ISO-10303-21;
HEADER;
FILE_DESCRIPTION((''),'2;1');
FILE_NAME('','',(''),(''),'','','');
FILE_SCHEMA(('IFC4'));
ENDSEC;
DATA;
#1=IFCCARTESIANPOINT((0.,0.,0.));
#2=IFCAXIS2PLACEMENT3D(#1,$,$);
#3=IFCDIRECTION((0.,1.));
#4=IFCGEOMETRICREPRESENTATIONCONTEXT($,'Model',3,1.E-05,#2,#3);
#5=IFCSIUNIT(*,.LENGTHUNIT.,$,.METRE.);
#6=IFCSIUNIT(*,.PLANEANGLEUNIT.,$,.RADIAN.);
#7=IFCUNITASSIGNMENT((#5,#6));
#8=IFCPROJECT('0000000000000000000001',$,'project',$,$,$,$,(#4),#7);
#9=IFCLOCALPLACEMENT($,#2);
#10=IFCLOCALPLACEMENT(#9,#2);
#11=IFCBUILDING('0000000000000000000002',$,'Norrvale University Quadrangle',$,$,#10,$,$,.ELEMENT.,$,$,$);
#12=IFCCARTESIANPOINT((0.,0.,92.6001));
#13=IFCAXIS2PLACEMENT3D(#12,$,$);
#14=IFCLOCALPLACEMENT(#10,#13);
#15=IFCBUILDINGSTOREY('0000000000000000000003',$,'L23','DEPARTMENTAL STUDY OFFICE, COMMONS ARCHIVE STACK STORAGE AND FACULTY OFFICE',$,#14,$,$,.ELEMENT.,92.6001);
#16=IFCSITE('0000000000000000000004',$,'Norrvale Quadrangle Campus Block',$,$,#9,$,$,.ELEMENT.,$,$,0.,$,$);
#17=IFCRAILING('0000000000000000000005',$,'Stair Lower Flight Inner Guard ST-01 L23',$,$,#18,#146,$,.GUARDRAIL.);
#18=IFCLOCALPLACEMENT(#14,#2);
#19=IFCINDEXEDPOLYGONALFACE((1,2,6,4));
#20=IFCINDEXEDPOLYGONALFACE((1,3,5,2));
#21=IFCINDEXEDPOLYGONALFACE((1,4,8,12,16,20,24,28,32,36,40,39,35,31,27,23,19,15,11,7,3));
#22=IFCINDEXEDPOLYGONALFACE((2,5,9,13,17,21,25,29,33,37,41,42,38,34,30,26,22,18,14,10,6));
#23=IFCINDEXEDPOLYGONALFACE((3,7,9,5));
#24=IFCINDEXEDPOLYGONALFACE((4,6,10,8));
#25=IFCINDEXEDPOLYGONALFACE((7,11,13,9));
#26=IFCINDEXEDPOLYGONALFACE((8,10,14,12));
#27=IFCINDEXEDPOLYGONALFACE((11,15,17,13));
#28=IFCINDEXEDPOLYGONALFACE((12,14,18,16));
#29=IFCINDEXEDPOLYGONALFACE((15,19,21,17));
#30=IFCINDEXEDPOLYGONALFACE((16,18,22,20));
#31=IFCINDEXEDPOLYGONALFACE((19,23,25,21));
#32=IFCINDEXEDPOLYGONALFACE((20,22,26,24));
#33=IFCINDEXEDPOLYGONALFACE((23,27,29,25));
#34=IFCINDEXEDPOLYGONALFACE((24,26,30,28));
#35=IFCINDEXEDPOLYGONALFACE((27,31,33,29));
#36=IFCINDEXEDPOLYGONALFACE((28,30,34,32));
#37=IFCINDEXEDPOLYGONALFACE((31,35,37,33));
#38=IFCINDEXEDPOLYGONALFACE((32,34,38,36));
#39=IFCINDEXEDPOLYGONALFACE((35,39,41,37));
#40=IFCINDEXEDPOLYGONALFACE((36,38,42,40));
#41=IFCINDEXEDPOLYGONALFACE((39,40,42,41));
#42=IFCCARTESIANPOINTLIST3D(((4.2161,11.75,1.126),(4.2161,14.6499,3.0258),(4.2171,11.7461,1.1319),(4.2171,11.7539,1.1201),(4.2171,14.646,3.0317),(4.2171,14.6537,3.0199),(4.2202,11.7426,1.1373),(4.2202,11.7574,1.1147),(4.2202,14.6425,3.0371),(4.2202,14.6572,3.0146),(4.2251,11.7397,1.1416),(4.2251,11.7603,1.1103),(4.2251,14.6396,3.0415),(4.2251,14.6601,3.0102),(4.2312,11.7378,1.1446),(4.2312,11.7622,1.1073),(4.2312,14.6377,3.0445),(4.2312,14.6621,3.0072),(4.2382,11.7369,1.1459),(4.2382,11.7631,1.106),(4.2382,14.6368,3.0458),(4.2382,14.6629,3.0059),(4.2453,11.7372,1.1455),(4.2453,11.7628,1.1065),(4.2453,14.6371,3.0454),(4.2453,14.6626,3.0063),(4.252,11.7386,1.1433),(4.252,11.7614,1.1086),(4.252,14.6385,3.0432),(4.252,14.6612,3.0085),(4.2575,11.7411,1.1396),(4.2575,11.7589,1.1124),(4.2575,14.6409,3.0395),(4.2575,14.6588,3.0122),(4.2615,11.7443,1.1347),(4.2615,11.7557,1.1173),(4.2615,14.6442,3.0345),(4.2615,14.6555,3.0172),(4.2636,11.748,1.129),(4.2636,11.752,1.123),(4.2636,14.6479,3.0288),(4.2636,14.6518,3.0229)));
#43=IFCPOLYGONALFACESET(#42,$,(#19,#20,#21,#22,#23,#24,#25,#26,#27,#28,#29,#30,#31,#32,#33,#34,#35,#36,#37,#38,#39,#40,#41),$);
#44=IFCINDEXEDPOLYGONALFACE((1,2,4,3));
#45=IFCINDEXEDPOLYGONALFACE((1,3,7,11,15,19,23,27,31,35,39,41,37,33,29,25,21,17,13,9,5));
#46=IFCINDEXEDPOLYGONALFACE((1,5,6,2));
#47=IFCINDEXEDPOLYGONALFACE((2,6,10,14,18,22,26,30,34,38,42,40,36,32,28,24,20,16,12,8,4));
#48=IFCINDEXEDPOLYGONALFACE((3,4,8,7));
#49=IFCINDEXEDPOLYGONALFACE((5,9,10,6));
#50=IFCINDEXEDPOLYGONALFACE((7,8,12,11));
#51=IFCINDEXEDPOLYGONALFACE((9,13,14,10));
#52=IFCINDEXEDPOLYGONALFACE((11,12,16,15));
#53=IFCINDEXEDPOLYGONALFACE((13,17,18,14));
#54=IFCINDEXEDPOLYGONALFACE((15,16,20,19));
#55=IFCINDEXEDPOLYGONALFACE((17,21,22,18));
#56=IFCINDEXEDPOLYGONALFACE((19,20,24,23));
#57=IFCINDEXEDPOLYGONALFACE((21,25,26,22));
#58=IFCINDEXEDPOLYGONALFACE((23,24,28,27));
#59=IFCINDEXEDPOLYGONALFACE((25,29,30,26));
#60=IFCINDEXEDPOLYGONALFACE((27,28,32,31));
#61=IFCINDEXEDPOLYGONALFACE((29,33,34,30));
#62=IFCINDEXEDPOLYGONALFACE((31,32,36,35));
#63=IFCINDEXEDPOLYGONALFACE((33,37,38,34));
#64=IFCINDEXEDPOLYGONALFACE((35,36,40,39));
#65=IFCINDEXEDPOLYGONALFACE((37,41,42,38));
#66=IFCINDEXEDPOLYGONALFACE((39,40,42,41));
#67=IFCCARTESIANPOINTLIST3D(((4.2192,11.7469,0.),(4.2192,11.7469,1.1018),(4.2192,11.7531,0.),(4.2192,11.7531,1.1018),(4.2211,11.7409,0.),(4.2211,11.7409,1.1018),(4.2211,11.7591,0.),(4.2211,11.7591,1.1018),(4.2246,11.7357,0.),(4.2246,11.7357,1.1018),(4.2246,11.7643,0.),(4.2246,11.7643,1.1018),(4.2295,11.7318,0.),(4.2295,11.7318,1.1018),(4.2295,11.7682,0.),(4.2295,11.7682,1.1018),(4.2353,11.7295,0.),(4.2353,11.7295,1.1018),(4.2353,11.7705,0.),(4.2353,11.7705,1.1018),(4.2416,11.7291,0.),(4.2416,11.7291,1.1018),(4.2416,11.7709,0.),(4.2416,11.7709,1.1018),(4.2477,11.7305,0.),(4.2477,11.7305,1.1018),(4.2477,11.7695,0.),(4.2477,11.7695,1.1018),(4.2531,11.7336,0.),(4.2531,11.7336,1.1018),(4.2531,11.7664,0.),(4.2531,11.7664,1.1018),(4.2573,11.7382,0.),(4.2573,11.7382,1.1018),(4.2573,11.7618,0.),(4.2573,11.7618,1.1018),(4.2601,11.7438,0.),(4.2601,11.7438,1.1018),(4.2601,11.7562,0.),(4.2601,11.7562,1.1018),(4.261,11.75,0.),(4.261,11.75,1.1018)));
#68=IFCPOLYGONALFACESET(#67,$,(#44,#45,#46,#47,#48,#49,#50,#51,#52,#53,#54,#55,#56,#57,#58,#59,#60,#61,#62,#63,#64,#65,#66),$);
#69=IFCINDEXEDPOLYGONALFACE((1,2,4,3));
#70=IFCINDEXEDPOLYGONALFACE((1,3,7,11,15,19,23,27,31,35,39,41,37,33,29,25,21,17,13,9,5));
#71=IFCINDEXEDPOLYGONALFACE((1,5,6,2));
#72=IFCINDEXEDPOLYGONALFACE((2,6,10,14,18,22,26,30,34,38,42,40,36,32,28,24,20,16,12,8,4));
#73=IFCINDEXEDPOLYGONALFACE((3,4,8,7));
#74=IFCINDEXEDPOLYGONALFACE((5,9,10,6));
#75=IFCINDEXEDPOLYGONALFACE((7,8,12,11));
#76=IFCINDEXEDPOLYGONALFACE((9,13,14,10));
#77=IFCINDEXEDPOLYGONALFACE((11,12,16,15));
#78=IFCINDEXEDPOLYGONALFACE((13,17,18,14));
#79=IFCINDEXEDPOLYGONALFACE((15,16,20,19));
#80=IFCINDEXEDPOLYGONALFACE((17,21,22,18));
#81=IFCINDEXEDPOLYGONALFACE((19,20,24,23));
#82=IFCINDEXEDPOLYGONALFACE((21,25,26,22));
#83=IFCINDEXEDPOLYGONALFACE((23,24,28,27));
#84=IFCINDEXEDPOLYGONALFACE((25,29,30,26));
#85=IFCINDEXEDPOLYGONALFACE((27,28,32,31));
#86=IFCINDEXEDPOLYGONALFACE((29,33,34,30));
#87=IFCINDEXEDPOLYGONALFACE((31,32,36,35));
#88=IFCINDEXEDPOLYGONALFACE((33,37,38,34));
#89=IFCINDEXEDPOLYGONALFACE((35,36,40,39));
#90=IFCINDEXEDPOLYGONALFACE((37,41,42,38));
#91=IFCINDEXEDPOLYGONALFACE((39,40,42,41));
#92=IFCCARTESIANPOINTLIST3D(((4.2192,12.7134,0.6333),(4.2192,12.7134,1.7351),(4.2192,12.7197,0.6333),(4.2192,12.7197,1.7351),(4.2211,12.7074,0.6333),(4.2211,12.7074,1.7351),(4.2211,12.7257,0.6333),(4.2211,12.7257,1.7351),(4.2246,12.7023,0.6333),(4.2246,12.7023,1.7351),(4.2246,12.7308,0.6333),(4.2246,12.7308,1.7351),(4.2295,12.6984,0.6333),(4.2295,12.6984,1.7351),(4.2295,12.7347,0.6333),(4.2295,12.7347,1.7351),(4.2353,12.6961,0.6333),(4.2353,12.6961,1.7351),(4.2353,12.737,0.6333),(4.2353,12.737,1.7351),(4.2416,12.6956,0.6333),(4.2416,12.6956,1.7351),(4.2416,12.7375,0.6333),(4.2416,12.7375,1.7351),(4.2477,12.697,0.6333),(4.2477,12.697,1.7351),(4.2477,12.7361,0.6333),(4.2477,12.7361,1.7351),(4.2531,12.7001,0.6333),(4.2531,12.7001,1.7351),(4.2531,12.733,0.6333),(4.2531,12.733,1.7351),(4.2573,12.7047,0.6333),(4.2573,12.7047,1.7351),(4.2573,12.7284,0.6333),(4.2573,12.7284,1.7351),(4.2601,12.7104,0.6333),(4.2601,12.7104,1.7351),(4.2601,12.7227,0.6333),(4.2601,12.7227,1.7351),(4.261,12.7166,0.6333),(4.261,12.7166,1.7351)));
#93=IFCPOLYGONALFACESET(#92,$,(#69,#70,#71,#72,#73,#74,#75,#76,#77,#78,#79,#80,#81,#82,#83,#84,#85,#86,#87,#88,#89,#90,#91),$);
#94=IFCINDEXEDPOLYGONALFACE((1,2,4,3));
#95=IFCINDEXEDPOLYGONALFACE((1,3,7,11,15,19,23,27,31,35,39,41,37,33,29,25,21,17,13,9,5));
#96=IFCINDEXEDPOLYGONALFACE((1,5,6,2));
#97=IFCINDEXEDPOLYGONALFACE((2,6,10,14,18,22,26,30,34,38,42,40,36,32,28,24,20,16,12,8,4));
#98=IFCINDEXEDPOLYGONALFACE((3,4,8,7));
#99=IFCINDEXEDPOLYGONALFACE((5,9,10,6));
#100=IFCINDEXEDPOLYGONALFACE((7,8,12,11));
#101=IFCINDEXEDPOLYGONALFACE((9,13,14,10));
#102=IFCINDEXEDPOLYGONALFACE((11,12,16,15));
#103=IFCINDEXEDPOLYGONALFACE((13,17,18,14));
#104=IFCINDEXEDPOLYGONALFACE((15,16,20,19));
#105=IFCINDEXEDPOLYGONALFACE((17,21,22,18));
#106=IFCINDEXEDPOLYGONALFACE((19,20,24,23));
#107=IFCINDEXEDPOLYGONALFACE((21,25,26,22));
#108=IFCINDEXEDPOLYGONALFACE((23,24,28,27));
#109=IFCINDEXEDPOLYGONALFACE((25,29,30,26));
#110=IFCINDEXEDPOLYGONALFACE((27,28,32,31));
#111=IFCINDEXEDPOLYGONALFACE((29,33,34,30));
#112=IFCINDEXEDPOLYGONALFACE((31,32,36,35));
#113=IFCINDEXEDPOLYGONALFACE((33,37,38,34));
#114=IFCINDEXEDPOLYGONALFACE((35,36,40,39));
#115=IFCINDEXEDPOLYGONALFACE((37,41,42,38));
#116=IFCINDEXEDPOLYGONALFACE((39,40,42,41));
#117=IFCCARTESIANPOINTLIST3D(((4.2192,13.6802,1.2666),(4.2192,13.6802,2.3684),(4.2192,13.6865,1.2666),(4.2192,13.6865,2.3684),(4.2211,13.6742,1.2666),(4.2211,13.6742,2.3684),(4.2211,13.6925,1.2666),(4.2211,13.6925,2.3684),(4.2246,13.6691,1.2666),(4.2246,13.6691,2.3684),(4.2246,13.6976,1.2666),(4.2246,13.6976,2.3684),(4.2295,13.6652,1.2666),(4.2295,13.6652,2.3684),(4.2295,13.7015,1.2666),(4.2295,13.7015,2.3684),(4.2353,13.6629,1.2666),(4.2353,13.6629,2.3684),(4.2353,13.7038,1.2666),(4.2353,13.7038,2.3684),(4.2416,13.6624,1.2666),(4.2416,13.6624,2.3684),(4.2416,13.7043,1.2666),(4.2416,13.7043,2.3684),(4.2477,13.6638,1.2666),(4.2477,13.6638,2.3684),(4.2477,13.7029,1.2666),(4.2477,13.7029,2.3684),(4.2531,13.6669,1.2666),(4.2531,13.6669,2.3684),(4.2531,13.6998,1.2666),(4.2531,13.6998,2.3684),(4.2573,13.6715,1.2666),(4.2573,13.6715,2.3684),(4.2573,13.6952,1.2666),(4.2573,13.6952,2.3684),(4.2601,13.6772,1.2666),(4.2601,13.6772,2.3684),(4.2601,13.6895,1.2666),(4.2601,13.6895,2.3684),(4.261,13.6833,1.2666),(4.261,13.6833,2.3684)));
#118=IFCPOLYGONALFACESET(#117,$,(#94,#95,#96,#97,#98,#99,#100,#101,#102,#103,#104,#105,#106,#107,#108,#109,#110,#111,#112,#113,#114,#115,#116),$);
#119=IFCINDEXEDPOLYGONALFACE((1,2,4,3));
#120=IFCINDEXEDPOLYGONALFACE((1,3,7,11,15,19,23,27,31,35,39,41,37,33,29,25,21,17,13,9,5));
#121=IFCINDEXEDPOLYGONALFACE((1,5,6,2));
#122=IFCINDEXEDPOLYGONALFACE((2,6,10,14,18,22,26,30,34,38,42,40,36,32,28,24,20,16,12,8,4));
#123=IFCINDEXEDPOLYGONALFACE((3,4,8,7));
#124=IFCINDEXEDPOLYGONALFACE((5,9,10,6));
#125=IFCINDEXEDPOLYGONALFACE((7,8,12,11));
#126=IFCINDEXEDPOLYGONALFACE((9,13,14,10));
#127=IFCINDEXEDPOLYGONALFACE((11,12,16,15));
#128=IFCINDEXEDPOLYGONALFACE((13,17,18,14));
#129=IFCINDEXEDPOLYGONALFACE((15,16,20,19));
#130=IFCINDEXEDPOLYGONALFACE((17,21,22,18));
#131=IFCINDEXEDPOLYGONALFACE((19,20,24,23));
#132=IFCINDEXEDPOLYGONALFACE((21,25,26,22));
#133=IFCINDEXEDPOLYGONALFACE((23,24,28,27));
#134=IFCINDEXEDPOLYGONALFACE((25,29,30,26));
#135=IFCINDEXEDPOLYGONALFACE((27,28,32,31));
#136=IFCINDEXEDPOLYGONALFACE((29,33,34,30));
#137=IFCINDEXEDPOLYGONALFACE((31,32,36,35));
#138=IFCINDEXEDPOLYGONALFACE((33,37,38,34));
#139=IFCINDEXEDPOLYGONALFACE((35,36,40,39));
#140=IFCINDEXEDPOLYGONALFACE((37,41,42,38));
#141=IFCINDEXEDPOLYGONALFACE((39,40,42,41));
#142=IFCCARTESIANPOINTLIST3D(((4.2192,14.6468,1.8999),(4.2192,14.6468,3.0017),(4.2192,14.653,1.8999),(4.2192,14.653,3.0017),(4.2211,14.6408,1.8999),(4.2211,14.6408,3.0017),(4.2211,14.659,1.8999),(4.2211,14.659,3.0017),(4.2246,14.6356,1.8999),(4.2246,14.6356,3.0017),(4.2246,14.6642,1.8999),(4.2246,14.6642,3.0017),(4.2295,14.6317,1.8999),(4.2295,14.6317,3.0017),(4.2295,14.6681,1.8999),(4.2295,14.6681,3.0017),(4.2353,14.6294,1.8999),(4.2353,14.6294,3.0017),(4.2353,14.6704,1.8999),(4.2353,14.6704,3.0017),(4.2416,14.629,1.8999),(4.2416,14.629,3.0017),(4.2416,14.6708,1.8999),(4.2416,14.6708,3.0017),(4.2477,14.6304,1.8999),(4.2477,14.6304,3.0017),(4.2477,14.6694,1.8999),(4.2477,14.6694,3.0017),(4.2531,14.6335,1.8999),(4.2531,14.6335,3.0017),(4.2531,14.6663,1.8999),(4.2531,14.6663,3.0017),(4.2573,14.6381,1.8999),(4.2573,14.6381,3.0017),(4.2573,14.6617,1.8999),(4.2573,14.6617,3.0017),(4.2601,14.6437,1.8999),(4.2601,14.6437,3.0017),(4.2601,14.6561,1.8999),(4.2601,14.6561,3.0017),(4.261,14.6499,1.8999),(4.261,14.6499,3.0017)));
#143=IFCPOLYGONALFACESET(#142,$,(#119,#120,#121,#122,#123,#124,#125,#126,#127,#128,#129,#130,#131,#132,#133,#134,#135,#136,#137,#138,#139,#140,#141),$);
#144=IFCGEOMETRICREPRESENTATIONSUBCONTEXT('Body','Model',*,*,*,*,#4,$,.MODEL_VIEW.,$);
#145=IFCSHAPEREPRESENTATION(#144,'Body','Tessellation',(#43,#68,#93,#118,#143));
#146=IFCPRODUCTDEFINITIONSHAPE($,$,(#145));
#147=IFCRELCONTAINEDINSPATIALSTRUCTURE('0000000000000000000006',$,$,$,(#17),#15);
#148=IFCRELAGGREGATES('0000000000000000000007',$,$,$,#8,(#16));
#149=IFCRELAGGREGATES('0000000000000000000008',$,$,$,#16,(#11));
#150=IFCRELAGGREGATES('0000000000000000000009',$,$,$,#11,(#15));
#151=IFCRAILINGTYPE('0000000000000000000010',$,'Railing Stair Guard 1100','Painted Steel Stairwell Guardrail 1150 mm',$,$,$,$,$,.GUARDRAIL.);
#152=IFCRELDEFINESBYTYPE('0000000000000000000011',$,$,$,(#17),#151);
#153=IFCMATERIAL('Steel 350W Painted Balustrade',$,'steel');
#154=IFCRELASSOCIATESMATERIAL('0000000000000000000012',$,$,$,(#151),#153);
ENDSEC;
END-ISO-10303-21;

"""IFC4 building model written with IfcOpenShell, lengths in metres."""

from ifc_helpers import new_model, si_unit, direction, frame, origin, origin_2d, place, context, subcontext, project, spatial, circle, extrude, material, type_object, element, save


model = new_model("IFC4")

# Units and contexts
model_context = context("Model", 3, precision=1e-05, world=origin(), true_north=direction((0.0, 1.0)))
body_context = subcontext(model_context, "Body", "Model", "MODEL_VIEW")
ifc_project = project(units=[si_unit("LENGTHUNIT", "METRE"), si_unit("PLANEANGLEUNIT", "RADIAN")], contexts=[model_context])

# Site, building, storey
site_placement = place(None, origin())
site = spatial("IfcSite", under=ifc_project, at=site_placement, Name="Norrvale Quadrangle Campus Block", CompositionType="ELEMENT", RefElevation=0.0)
building_placement = place(site_placement, origin())
building = spatial("IfcBuilding", under=site, at=building_placement, Name="Norrvale University Quadrangle", CompositionType="ELEMENT")
storey_placement = place(building_placement, frame((0.0, 0.0, 92.6001)))
storey = spatial("IfcBuildingStorey", under=building, at=storey_placement, Name="L23", Description="DEPARTMENTAL STUDY OFFICE, COMMONS ARCHIVE STACK STORAGE AND FACULTY OFFICE", CompositionType="ELEMENT", Elevation=92.6001)

# Railing
ifc_material_1 = material(Name="Steel 350W Painted Balustrade", Category="steel")
railing_type_1 = type_object("IfcRailingType", Name="Railing Stair Guard 1100", Description="Painted Steel Stairwell Guardrail 1150 mm", PredefinedType="GUARDRAIL", material=ifc_material_1)
railing_1_placement = place(storey_placement, frame((4.24, 11.75, 0.0)))
element("IfcRailing", 1, at=railing_1_placement, inside=storey, type_object=railing_type_1, Name="Stair Lower Flight Inner Guard ST-01 L23", PredefinedType="GUARDRAIL", context=body_context, shape_type="SweptSolid", body=[
    extrude(circle(Radius=0.0239, at=origin_2d()), frame((0.0, 0.0, 1.126), z_axis=(0.0, 0.836466, 0.548019), x_axis=(-1.0, 0.0, 0.0)), (0.0, 0.0, 1.0), 3.4668),
    extrude(circle(Radius=0.021, at=origin_2d()), origin(), (0.0, 0.0, 1.0), 1.1018),
    extrude(circle(Radius=0.021, at=origin_2d()), frame((0.0, 0.9666, 0.6333)), (0.0, 0.0, 1.0), 1.1018),
    extrude(circle(Radius=0.021, at=origin_2d()), frame((0.0, 1.9333, 1.2666)), (0.0, 0.0, 1.0), 1.1018),
    extrude(circle(Radius=0.021, at=origin_2d()), frame((0.0, 2.8999, 1.8999)), (0.0, 0.0, 1.0), 1.1018),
])

save(model, "model.ifc")
